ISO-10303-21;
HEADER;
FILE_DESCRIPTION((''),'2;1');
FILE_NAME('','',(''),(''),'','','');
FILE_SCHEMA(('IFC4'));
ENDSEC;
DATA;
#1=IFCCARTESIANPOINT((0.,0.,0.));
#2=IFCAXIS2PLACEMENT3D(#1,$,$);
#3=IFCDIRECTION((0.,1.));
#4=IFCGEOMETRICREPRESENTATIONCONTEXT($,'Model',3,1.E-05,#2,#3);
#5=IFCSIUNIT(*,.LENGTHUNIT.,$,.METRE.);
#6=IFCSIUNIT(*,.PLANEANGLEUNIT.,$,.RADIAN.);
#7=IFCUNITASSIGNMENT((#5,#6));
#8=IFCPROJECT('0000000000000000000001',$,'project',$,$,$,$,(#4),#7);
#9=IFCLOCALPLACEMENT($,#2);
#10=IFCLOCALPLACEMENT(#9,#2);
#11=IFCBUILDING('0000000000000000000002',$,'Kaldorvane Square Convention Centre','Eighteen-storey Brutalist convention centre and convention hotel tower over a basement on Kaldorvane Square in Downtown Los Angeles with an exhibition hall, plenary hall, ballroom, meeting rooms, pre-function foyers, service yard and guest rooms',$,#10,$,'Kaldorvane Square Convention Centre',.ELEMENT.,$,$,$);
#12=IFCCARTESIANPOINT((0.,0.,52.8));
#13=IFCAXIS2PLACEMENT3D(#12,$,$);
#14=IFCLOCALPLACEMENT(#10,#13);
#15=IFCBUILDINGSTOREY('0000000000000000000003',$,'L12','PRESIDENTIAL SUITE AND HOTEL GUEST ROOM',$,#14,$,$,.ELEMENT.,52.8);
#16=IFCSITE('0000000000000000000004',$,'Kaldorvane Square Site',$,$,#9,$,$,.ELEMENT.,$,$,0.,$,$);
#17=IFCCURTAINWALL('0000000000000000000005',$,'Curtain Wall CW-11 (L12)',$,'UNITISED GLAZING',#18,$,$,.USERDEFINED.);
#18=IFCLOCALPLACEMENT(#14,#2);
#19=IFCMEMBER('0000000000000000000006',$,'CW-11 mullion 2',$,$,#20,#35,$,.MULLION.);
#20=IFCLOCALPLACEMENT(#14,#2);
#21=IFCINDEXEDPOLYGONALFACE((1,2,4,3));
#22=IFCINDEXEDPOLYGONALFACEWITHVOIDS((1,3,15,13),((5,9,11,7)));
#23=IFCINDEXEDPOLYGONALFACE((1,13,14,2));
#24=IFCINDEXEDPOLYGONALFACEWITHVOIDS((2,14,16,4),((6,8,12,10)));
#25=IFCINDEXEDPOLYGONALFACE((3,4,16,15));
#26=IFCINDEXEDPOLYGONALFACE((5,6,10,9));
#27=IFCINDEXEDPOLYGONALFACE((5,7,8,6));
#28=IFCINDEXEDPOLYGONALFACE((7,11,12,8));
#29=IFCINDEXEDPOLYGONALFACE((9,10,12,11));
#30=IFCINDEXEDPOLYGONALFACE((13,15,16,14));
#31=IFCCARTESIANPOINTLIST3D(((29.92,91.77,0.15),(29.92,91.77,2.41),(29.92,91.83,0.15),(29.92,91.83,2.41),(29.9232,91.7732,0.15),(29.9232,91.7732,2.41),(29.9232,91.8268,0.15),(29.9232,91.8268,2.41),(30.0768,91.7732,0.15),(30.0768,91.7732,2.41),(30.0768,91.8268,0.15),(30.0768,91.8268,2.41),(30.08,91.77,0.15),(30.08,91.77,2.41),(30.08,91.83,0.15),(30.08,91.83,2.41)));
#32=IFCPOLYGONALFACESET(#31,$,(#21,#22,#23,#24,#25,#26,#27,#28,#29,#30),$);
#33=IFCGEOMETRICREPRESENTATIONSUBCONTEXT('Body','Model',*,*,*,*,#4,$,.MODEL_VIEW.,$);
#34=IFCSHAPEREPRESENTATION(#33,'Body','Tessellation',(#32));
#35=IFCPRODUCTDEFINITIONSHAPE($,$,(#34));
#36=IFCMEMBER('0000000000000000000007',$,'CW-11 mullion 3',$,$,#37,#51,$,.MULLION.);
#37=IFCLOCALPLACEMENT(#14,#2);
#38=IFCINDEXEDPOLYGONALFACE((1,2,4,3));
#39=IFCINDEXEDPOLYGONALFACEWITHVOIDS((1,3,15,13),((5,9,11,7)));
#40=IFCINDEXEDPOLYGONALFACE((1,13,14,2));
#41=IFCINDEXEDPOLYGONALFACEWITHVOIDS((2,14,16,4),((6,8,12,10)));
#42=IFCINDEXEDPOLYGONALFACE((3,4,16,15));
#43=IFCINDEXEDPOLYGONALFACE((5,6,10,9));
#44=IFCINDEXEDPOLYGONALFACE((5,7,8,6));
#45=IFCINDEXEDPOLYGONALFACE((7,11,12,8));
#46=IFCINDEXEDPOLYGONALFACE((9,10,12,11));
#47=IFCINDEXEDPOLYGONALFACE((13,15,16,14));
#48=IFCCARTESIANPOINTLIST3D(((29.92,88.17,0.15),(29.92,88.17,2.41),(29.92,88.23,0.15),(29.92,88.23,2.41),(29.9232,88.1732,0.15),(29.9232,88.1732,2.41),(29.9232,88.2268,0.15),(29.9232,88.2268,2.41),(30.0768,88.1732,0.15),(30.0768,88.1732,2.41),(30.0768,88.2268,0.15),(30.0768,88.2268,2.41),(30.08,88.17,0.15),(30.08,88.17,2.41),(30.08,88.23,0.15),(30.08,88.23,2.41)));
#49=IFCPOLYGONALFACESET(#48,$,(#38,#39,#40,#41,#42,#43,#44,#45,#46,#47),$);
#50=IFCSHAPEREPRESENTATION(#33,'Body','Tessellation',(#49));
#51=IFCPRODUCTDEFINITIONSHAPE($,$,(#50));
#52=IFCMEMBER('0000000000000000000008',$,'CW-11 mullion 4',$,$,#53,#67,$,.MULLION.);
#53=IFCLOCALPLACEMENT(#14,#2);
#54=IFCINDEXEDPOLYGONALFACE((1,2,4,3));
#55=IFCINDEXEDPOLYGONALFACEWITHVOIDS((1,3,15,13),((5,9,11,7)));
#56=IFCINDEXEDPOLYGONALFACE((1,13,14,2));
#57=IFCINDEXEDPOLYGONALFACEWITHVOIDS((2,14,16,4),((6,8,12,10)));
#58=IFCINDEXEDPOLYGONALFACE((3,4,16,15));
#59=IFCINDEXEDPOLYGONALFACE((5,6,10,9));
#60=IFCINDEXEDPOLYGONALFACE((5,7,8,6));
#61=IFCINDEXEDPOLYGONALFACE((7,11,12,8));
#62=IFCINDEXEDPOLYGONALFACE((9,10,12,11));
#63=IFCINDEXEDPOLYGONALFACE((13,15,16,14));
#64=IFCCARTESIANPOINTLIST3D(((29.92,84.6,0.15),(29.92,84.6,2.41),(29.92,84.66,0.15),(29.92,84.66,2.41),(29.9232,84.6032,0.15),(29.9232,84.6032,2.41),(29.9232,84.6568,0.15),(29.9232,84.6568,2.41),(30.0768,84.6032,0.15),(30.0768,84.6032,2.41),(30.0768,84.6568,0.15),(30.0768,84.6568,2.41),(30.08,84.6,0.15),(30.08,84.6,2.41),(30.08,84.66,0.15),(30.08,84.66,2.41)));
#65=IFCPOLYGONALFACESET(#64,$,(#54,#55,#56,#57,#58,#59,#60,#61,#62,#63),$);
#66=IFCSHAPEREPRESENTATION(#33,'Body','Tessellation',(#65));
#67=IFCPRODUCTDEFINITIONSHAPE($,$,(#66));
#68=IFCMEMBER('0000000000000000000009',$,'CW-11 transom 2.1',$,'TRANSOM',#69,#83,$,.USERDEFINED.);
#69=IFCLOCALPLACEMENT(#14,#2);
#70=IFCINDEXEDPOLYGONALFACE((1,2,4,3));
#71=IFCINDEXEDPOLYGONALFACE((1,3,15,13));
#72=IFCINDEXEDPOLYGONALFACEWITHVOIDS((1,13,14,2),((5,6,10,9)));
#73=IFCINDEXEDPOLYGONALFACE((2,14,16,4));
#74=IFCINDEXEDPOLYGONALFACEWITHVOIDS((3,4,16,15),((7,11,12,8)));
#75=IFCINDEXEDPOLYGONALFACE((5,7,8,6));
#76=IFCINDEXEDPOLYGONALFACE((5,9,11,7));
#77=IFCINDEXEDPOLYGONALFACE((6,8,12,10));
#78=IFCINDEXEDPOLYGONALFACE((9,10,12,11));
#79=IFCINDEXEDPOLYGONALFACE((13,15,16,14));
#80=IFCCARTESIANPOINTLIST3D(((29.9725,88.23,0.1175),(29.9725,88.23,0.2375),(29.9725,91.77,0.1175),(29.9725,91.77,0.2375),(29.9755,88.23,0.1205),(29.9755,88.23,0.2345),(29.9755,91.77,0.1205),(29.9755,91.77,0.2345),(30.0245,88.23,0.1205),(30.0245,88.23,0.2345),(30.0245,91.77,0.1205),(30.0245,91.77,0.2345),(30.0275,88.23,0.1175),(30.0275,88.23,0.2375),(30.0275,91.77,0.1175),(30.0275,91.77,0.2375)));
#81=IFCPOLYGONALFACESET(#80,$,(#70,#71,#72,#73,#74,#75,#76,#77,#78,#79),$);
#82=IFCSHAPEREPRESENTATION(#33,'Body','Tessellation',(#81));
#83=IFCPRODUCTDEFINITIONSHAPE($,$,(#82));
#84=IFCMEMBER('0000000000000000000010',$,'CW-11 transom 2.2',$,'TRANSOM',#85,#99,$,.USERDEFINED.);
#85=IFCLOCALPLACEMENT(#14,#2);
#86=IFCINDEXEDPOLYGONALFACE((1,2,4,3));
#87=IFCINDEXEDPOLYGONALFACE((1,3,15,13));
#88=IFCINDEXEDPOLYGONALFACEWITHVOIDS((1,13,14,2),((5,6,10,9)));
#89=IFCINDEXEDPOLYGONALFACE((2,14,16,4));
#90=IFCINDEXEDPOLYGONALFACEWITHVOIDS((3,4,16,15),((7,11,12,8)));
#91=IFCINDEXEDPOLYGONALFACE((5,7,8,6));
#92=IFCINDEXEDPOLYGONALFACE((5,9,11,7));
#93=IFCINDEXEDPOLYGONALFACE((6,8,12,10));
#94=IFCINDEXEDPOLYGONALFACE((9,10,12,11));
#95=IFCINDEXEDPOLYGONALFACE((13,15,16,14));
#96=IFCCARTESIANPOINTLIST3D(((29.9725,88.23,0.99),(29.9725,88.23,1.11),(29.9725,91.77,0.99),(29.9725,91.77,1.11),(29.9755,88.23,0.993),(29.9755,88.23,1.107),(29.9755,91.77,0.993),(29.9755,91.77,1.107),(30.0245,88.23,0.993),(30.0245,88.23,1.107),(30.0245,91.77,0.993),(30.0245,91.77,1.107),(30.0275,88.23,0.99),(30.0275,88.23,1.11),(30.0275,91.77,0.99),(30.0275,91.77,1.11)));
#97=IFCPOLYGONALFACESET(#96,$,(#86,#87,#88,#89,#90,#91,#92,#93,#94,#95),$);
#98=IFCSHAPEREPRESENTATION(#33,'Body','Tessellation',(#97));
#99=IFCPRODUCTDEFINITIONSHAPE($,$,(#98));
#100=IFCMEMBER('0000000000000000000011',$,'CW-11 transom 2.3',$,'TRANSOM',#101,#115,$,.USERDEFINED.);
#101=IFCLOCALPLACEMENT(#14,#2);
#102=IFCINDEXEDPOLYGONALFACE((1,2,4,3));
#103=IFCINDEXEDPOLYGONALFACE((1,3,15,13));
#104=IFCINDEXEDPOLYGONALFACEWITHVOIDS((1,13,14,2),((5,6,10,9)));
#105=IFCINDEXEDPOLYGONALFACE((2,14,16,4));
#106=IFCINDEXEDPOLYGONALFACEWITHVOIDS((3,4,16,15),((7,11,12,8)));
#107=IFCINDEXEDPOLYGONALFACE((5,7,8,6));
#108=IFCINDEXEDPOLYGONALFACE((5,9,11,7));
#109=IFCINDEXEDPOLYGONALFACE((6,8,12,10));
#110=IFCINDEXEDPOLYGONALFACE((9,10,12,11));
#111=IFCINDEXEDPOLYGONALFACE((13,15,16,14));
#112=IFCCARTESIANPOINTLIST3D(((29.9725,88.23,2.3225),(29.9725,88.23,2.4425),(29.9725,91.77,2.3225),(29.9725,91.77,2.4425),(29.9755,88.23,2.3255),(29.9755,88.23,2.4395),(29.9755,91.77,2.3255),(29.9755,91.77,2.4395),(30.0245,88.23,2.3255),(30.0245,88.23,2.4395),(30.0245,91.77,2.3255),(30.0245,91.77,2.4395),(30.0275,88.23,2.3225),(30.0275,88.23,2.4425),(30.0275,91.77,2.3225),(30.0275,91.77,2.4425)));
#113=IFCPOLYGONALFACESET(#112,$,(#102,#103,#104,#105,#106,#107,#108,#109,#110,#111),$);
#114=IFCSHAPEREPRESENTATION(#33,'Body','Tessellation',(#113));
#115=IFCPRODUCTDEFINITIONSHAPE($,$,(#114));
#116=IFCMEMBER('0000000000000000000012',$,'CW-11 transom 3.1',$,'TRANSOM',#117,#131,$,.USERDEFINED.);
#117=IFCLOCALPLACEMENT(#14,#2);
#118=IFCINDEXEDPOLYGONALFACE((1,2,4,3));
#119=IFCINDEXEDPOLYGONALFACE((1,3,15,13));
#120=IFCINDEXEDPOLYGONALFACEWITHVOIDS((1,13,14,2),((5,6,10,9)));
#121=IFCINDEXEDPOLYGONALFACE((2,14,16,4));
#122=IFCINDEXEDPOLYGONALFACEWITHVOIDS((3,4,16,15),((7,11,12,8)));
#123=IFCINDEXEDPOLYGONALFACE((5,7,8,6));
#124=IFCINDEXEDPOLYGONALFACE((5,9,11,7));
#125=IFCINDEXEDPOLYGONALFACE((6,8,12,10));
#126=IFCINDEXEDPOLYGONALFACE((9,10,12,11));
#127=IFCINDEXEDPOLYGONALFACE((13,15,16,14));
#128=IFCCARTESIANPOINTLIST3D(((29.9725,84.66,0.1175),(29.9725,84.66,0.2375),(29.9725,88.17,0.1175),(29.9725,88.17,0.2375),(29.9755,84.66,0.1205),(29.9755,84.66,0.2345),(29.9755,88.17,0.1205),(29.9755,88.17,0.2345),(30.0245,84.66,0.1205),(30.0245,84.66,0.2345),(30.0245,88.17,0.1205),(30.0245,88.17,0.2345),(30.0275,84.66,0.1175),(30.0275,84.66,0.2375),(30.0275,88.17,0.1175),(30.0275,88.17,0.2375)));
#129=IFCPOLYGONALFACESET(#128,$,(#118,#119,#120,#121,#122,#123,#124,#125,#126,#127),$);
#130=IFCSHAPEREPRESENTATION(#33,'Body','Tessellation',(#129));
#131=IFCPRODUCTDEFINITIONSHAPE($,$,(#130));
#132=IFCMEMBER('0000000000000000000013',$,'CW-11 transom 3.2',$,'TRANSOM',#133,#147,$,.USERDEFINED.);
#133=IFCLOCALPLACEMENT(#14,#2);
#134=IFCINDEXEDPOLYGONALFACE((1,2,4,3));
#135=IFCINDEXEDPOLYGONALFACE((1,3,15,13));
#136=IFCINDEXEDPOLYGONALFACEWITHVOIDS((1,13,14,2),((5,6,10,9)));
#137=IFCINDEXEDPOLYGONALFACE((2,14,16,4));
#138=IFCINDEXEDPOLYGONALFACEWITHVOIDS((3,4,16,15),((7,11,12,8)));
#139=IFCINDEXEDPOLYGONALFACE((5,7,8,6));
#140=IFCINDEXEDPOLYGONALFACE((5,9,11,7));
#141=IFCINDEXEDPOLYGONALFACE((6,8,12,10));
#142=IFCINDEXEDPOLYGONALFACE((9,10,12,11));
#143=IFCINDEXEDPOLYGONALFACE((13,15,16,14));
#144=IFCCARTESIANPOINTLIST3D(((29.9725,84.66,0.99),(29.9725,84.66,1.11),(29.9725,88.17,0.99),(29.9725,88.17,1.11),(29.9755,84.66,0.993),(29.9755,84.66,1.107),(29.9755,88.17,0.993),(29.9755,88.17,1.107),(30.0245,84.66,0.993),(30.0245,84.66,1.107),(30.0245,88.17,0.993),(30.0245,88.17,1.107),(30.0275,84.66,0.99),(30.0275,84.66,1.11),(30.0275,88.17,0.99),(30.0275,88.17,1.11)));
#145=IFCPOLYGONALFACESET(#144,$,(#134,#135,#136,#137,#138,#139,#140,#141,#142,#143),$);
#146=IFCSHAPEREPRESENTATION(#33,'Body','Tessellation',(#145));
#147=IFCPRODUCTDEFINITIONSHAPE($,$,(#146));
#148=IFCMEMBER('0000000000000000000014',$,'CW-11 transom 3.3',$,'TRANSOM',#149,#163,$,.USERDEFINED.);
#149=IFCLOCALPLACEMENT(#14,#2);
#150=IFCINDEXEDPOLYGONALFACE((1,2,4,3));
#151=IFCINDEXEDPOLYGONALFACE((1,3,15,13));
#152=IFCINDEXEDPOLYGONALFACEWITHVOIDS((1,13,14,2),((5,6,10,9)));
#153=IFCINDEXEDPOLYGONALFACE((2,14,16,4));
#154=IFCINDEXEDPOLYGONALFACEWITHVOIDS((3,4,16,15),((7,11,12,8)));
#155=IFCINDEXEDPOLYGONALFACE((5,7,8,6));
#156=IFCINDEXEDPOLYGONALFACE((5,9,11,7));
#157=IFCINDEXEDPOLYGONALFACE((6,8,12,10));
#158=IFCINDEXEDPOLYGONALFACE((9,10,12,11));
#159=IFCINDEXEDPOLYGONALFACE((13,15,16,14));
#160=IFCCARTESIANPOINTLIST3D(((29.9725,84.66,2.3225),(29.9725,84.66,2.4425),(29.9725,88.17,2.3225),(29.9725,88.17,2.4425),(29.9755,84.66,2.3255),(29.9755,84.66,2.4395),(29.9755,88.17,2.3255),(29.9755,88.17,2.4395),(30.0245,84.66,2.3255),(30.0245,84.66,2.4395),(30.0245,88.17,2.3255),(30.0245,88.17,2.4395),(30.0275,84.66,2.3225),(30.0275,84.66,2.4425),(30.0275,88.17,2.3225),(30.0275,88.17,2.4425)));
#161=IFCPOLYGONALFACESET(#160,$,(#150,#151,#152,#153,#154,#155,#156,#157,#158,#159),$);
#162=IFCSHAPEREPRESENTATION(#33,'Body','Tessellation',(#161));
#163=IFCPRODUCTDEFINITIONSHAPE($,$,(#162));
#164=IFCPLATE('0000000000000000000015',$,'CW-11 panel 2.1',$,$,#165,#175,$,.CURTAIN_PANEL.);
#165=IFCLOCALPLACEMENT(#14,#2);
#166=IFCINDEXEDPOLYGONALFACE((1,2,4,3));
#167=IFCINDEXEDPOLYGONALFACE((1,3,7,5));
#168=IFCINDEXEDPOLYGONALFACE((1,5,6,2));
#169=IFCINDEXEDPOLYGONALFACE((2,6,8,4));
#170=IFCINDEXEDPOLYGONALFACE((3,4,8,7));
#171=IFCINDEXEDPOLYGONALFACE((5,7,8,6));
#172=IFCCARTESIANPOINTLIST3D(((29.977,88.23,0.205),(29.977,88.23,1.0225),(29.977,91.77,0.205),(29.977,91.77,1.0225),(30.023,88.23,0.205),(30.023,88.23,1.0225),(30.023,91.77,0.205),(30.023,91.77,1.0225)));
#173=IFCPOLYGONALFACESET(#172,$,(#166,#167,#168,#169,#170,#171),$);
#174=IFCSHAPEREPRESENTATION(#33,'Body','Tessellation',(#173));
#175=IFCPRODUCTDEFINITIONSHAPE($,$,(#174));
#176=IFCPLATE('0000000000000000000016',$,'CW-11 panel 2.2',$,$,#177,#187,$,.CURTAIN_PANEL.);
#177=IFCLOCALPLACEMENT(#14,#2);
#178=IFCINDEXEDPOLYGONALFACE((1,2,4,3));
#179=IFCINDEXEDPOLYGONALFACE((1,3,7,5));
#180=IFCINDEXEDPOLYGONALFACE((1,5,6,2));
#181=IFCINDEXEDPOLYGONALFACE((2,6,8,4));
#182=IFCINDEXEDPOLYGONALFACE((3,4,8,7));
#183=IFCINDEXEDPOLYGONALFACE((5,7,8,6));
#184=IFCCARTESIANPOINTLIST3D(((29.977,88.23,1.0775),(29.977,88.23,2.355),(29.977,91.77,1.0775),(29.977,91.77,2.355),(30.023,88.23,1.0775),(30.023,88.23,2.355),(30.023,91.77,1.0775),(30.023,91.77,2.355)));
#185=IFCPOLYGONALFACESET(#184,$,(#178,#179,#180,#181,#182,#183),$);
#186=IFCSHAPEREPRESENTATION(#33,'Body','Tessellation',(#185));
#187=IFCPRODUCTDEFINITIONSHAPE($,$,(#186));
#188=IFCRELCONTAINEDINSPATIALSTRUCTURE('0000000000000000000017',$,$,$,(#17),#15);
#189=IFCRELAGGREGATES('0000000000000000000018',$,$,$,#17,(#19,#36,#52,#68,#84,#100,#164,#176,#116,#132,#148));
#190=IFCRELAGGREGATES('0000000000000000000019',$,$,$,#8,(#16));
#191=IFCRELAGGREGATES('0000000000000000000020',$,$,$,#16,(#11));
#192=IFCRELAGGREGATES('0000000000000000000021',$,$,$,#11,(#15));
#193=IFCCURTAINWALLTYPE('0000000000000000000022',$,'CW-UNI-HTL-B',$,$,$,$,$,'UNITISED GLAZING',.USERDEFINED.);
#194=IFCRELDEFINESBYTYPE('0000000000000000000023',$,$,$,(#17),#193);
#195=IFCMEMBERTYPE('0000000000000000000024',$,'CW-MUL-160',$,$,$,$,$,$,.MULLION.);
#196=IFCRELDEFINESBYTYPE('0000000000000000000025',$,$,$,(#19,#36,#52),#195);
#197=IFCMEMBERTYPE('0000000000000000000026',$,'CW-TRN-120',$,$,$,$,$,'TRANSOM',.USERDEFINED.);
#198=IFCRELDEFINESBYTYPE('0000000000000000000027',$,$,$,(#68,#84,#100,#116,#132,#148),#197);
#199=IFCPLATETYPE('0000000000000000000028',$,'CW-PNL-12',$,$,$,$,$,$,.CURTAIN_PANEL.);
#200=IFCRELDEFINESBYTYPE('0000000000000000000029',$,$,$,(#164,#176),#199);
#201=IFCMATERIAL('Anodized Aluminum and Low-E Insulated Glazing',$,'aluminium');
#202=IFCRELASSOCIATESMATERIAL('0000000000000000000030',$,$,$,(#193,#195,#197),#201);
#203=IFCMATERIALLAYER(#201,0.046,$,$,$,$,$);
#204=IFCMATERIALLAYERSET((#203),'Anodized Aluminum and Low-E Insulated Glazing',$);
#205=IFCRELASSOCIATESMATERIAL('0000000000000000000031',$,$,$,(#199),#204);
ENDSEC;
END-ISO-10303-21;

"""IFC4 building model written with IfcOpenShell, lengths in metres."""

from ifc_helpers import new_model, si_unit, direction, frame, origin, origin_2d, place, context, subcontext, project, spatial, rectangle, hollow_rectangle, extrude, material, layer, layer_set, material_profile, profile_set, type_object, element, aggregate, save


model = new_model("IFC4")

# Units and contexts
model_context = context("Model", 3, precision=1e-05, world=origin(), true_north=direction((0.0, 1.0)))
body_context = subcontext(model_context, "Body", "Model", "MODEL_VIEW")
ifc_project = project(units=[si_unit("LENGTHUNIT", "METRE"), si_unit("PLANEANGLEUNIT", "RADIAN")], contexts=[model_context])

# Site, building, storey
site_placement = place(None, origin())
site = spatial("IfcSite", under=ifc_project, at=site_placement, Name="Kaldorvane Square Site", CompositionType="ELEMENT", RefElevation=0.0)
building_placement = place(site_placement, origin())
building = spatial("IfcBuilding", under=site, at=building_placement, Name="Kaldorvane Square Convention Centre", Description="Eighteen-storey Brutalist convention centre and convention hotel tower over a basement on Kaldorvane Square in Downtown Los Angeles with an exhibition hall, plenary hall, ballroom, meeting rooms, pre-function foyers, service yard and guest rooms", LongName="Kaldorvane Square Convention Centre", CompositionType="ELEMENT")
storey_placement = place(building_placement, frame((0.0, 0.0, 52.8)))
storey = spatial("IfcBuildingStorey", under=building, at=storey_placement, Name="L12", Description="PRESIDENTIAL SUITE AND HOTEL GUEST ROOM", CompositionType="ELEMENT", Elevation=52.8)

# Curtain wall, members, plates
ifc_material_1 = material(Name="Anodized Aluminum and Low-E Insulated Glazing", Category="aluminium")
curtain_wall_type = type_object("IfcCurtainWallType", Name="CW-UNI-HTL-B", ElementType="UNITISED GLAZING", PredefinedType="USERDEFINED", material=ifc_material_1)
curtain_wall_placement = place(storey_placement, origin())
curtain_wall = element("IfcCurtainWall", 1, at=curtain_wall_placement, inside=storey, type_object=curtain_wall_type, Name="Curtain Wall CW-11 (L12)", ObjectType="UNITISED GLAZING", PredefinedType="USERDEFINED")
ifc_material_profile_1 = material_profile(ifc_material_1, hollow_rectangle(XDim=0.06, YDim=0.16, WallThickness=0.0032, at=origin_2d()), Name="CWM-160X60")
ifc_profile_set_1 = profile_set([ifc_material_profile_1], Name="Anodized Aluminum and Low-E Insulated Glazing")
member_type_1 = type_object("IfcMemberType", Name="CW-MUL-160", PredefinedType="MULLION", material=ifc_profile_set_1)
member_1_placement = place(storey_placement, frame((30.0, 91.8, 0.15), z_axis=(0.0, 0.0, 1.0), x_axis=(0.0, -1.0, 0.0)))
member_1 = element("IfcMember", 2, at=member_1_placement, type_object=member_type_1, Name="CW-11 mullion 2", PredefinedType="MULLION", context=body_context, shape_type="SweptSolid", body=[
    extrude(hollow_rectangle(XDim=0.06, YDim=0.16, WallThickness=0.0032, at=origin_2d()), origin(), (0.0, 0.0, 1.0), 2.26),
])
member_2_placement = place(storey_placement, frame((30.0, 88.2, 0.15), z_axis=(0.0, 0.0, 1.0), x_axis=(0.0, -1.0, 0.0)))
member_2 = element("IfcMember", 3, at=member_2_placement, type_object=member_type_1, Name="CW-11 mullion 3", PredefinedType="MULLION", context=body_context, shape_type="SweptSolid", body=[
    extrude(hollow_rectangle(XDim=0.06, YDim=0.16, WallThickness=0.0032, at=origin_2d()), origin(), (0.0, 0.0, 1.0), 2.26),
])
member_3_placement = place(storey_placement, frame((30.0, 84.63, 0.15), z_axis=(0.0, 0.0, 1.0), x_axis=(0.0, -1.0, 0.0)))
member_3 = element("IfcMember", 4, at=member_3_placement, type_object=member_type_1, Name="CW-11 mullion 4", PredefinedType="MULLION", context=body_context, shape_type="SweptSolid", body=[
    extrude(hollow_rectangle(XDim=0.06, YDim=0.16, WallThickness=0.0032, at=origin_2d()), origin(), (0.0, 0.0, 1.0), 2.26),
])
ifc_material_profile_2 = material_profile(ifc_material_1, hollow_rectangle(XDim=0.055, YDim=0.12, WallThickness=0.003, at=origin_2d()), Name="CWT-120X55")
ifc_profile_set_2 = profile_set([ifc_material_profile_2], Name="Anodized Aluminum and Low-E Insulated Glazing")
member_type_2 = type_object("IfcMemberType", Name="CW-TRN-120", ElementType="TRANSOM", PredefinedType="USERDEFINED", material=ifc_profile_set_2)
member_4_placement = place(storey_placement, frame((30.0, 91.77, 0.1775), z_axis=(0.0, -1.0, 0.0), x_axis=(1.0, 0.0, 0.0)))
member_4 = element("IfcMember", 5, at=member_4_placement, type_object=member_type_2, Name="CW-11 transom 2.1", ObjectType="TRANSOM", PredefinedType="USERDEFINED", context=body_context, shape_type="SweptSolid", body=[
    extrude(hollow_rectangle(XDim=0.055, YDim=0.12, WallThickness=0.003, at=origin_2d()), origin(), (0.0, 0.0, 1.0), 3.54),
])
member_5_placement = place(storey_placement, frame((30.0, 91.77, 1.05), z_axis=(0.0, -1.0, 0.0), x_axis=(1.0, 0.0, 0.0)))
member_5 = element("IfcMember", 6, at=member_5_placement, type_object=member_type_2, Name="CW-11 transom 2.2", ObjectType="TRANSOM", PredefinedType="USERDEFINED", context=body_context, shape_type="SweptSolid", body=[
    extrude(hollow_rectangle(XDim=0.055, YDim=0.12, WallThickness=0.003, at=origin_2d()), origin(), (0.0, 0.0, 1.0), 3.54),
])
member_6_placement = place(storey_placement, frame((30.0, 91.77, 2.3825), z_axis=(0.0, -1.0, 0.0), x_axis=(1.0, 0.0, 0.0)))
member_6 = element("IfcMember", 7, at=member_6_placement, type_object=member_type_2, Name="CW-11 transom 2.3", ObjectType="TRANSOM", PredefinedType="USERDEFINED", context=body_context, shape_type="SweptSolid", body=[
    extrude(hollow_rectangle(XDim=0.055, YDim=0.12, WallThickness=0.003, at=origin_2d()), origin(), (0.0, 0.0, 1.0), 3.54),
])
member_7_placement = place(storey_placement, frame((30.0, 88.17, 0.1775), z_axis=(0.0, -1.0, 0.0), x_axis=(1.0, 0.0, 0.0)))
member_7 = element("IfcMember", 8, at=member_7_placement, type_object=member_type_2, Name="CW-11 transom 3.1", ObjectType="TRANSOM", PredefinedType="USERDEFINED", context=body_context, shape_type="SweptSolid", body=[
    extrude(hollow_rectangle(XDim=0.055, YDim=0.12, WallThickness=0.003, at=origin_2d()), origin(), (0.0, 0.0, 1.0), 3.51),
])
member_8_placement = place(storey_placement, frame((30.0, 88.17, 1.05), z_axis=(0.0, -1.0, 0.0), x_axis=(1.0, 0.0, 0.0)))
member_8 = element("IfcMember", 9, at=member_8_placement, type_object=member_type_2, Name="CW-11 transom 3.2", ObjectType="TRANSOM", PredefinedType="USERDEFINED", context=body_context, shape_type="SweptSolid", body=[
    extrude(hollow_rectangle(XDim=0.055, YDim=0.12, WallThickness=0.003, at=origin_2d()), origin(), (0.0, 0.0, 1.0), 3.51),
])
member_9_placement = place(storey_placement, frame((30.0, 88.17, 2.3825), z_axis=(0.0, -1.0, 0.0), x_axis=(1.0, 0.0, 0.0)))
member_9 = element("IfcMember", 10, at=member_9_placement, type_object=member_type_2, Name="CW-11 transom 3.3", ObjectType="TRANSOM", PredefinedType="USERDEFINED", context=body_context, shape_type="SweptSolid", body=[
    extrude(hollow_rectangle(XDim=0.055, YDim=0.12, WallThickness=0.003, at=origin_2d()), origin(), (0.0, 0.0, 1.0), 3.51),
])
ifc_layer_1 = layer(ifc_material_1, 0.046)
ifc_layer_set_1 = layer_set([ifc_layer_1], Name="Anodized Aluminum and Low-E Insulated Glazing")
plate_type = type_object("IfcPlateType", Name="CW-PNL-12", PredefinedType="CURTAIN_PANEL", material=ifc_layer_set_1)
plate_1_placement = place(storey_placement, frame((30.0, 90.0, 0.205), z_axis=(0.0, 0.0, 1.0), x_axis=(0.0, -1.0, 0.0)))
plate_1 = element("IfcPlate", 11, at=plate_1_placement, type_object=plate_type, Name="CW-11 panel 2.1", PredefinedType="CURTAIN_PANEL", context=body_context, shape_type="SweptSolid", body=[
    extrude(rectangle(XDim=3.54, YDim=0.046, at=origin_2d()), origin(), (0.0, 0.0, 1.0), 0.8175),
])
plate_2_placement = place(storey_placement, frame((30.0, 90.0, 1.0775), z_axis=(0.0, 0.0, 1.0), x_axis=(0.0, -1.0, 0.0)))
plate_2 = element("IfcPlate", 12, at=plate_2_placement, type_object=plate_type, Name="CW-11 panel 2.2", PredefinedType="CURTAIN_PANEL", context=body_context, shape_type="SweptSolid", body=[
    extrude(rectangle(XDim=3.54, YDim=0.046, at=origin_2d()), origin(), (0.0, 0.0, 1.0), 1.2775),
])
aggregate(curtain_wall, [member_1, member_2, member_3, member_4, member_5, member_6, plate_1, plate_2, member_7, member_8, member_9])

save(model, "model.ifc")
